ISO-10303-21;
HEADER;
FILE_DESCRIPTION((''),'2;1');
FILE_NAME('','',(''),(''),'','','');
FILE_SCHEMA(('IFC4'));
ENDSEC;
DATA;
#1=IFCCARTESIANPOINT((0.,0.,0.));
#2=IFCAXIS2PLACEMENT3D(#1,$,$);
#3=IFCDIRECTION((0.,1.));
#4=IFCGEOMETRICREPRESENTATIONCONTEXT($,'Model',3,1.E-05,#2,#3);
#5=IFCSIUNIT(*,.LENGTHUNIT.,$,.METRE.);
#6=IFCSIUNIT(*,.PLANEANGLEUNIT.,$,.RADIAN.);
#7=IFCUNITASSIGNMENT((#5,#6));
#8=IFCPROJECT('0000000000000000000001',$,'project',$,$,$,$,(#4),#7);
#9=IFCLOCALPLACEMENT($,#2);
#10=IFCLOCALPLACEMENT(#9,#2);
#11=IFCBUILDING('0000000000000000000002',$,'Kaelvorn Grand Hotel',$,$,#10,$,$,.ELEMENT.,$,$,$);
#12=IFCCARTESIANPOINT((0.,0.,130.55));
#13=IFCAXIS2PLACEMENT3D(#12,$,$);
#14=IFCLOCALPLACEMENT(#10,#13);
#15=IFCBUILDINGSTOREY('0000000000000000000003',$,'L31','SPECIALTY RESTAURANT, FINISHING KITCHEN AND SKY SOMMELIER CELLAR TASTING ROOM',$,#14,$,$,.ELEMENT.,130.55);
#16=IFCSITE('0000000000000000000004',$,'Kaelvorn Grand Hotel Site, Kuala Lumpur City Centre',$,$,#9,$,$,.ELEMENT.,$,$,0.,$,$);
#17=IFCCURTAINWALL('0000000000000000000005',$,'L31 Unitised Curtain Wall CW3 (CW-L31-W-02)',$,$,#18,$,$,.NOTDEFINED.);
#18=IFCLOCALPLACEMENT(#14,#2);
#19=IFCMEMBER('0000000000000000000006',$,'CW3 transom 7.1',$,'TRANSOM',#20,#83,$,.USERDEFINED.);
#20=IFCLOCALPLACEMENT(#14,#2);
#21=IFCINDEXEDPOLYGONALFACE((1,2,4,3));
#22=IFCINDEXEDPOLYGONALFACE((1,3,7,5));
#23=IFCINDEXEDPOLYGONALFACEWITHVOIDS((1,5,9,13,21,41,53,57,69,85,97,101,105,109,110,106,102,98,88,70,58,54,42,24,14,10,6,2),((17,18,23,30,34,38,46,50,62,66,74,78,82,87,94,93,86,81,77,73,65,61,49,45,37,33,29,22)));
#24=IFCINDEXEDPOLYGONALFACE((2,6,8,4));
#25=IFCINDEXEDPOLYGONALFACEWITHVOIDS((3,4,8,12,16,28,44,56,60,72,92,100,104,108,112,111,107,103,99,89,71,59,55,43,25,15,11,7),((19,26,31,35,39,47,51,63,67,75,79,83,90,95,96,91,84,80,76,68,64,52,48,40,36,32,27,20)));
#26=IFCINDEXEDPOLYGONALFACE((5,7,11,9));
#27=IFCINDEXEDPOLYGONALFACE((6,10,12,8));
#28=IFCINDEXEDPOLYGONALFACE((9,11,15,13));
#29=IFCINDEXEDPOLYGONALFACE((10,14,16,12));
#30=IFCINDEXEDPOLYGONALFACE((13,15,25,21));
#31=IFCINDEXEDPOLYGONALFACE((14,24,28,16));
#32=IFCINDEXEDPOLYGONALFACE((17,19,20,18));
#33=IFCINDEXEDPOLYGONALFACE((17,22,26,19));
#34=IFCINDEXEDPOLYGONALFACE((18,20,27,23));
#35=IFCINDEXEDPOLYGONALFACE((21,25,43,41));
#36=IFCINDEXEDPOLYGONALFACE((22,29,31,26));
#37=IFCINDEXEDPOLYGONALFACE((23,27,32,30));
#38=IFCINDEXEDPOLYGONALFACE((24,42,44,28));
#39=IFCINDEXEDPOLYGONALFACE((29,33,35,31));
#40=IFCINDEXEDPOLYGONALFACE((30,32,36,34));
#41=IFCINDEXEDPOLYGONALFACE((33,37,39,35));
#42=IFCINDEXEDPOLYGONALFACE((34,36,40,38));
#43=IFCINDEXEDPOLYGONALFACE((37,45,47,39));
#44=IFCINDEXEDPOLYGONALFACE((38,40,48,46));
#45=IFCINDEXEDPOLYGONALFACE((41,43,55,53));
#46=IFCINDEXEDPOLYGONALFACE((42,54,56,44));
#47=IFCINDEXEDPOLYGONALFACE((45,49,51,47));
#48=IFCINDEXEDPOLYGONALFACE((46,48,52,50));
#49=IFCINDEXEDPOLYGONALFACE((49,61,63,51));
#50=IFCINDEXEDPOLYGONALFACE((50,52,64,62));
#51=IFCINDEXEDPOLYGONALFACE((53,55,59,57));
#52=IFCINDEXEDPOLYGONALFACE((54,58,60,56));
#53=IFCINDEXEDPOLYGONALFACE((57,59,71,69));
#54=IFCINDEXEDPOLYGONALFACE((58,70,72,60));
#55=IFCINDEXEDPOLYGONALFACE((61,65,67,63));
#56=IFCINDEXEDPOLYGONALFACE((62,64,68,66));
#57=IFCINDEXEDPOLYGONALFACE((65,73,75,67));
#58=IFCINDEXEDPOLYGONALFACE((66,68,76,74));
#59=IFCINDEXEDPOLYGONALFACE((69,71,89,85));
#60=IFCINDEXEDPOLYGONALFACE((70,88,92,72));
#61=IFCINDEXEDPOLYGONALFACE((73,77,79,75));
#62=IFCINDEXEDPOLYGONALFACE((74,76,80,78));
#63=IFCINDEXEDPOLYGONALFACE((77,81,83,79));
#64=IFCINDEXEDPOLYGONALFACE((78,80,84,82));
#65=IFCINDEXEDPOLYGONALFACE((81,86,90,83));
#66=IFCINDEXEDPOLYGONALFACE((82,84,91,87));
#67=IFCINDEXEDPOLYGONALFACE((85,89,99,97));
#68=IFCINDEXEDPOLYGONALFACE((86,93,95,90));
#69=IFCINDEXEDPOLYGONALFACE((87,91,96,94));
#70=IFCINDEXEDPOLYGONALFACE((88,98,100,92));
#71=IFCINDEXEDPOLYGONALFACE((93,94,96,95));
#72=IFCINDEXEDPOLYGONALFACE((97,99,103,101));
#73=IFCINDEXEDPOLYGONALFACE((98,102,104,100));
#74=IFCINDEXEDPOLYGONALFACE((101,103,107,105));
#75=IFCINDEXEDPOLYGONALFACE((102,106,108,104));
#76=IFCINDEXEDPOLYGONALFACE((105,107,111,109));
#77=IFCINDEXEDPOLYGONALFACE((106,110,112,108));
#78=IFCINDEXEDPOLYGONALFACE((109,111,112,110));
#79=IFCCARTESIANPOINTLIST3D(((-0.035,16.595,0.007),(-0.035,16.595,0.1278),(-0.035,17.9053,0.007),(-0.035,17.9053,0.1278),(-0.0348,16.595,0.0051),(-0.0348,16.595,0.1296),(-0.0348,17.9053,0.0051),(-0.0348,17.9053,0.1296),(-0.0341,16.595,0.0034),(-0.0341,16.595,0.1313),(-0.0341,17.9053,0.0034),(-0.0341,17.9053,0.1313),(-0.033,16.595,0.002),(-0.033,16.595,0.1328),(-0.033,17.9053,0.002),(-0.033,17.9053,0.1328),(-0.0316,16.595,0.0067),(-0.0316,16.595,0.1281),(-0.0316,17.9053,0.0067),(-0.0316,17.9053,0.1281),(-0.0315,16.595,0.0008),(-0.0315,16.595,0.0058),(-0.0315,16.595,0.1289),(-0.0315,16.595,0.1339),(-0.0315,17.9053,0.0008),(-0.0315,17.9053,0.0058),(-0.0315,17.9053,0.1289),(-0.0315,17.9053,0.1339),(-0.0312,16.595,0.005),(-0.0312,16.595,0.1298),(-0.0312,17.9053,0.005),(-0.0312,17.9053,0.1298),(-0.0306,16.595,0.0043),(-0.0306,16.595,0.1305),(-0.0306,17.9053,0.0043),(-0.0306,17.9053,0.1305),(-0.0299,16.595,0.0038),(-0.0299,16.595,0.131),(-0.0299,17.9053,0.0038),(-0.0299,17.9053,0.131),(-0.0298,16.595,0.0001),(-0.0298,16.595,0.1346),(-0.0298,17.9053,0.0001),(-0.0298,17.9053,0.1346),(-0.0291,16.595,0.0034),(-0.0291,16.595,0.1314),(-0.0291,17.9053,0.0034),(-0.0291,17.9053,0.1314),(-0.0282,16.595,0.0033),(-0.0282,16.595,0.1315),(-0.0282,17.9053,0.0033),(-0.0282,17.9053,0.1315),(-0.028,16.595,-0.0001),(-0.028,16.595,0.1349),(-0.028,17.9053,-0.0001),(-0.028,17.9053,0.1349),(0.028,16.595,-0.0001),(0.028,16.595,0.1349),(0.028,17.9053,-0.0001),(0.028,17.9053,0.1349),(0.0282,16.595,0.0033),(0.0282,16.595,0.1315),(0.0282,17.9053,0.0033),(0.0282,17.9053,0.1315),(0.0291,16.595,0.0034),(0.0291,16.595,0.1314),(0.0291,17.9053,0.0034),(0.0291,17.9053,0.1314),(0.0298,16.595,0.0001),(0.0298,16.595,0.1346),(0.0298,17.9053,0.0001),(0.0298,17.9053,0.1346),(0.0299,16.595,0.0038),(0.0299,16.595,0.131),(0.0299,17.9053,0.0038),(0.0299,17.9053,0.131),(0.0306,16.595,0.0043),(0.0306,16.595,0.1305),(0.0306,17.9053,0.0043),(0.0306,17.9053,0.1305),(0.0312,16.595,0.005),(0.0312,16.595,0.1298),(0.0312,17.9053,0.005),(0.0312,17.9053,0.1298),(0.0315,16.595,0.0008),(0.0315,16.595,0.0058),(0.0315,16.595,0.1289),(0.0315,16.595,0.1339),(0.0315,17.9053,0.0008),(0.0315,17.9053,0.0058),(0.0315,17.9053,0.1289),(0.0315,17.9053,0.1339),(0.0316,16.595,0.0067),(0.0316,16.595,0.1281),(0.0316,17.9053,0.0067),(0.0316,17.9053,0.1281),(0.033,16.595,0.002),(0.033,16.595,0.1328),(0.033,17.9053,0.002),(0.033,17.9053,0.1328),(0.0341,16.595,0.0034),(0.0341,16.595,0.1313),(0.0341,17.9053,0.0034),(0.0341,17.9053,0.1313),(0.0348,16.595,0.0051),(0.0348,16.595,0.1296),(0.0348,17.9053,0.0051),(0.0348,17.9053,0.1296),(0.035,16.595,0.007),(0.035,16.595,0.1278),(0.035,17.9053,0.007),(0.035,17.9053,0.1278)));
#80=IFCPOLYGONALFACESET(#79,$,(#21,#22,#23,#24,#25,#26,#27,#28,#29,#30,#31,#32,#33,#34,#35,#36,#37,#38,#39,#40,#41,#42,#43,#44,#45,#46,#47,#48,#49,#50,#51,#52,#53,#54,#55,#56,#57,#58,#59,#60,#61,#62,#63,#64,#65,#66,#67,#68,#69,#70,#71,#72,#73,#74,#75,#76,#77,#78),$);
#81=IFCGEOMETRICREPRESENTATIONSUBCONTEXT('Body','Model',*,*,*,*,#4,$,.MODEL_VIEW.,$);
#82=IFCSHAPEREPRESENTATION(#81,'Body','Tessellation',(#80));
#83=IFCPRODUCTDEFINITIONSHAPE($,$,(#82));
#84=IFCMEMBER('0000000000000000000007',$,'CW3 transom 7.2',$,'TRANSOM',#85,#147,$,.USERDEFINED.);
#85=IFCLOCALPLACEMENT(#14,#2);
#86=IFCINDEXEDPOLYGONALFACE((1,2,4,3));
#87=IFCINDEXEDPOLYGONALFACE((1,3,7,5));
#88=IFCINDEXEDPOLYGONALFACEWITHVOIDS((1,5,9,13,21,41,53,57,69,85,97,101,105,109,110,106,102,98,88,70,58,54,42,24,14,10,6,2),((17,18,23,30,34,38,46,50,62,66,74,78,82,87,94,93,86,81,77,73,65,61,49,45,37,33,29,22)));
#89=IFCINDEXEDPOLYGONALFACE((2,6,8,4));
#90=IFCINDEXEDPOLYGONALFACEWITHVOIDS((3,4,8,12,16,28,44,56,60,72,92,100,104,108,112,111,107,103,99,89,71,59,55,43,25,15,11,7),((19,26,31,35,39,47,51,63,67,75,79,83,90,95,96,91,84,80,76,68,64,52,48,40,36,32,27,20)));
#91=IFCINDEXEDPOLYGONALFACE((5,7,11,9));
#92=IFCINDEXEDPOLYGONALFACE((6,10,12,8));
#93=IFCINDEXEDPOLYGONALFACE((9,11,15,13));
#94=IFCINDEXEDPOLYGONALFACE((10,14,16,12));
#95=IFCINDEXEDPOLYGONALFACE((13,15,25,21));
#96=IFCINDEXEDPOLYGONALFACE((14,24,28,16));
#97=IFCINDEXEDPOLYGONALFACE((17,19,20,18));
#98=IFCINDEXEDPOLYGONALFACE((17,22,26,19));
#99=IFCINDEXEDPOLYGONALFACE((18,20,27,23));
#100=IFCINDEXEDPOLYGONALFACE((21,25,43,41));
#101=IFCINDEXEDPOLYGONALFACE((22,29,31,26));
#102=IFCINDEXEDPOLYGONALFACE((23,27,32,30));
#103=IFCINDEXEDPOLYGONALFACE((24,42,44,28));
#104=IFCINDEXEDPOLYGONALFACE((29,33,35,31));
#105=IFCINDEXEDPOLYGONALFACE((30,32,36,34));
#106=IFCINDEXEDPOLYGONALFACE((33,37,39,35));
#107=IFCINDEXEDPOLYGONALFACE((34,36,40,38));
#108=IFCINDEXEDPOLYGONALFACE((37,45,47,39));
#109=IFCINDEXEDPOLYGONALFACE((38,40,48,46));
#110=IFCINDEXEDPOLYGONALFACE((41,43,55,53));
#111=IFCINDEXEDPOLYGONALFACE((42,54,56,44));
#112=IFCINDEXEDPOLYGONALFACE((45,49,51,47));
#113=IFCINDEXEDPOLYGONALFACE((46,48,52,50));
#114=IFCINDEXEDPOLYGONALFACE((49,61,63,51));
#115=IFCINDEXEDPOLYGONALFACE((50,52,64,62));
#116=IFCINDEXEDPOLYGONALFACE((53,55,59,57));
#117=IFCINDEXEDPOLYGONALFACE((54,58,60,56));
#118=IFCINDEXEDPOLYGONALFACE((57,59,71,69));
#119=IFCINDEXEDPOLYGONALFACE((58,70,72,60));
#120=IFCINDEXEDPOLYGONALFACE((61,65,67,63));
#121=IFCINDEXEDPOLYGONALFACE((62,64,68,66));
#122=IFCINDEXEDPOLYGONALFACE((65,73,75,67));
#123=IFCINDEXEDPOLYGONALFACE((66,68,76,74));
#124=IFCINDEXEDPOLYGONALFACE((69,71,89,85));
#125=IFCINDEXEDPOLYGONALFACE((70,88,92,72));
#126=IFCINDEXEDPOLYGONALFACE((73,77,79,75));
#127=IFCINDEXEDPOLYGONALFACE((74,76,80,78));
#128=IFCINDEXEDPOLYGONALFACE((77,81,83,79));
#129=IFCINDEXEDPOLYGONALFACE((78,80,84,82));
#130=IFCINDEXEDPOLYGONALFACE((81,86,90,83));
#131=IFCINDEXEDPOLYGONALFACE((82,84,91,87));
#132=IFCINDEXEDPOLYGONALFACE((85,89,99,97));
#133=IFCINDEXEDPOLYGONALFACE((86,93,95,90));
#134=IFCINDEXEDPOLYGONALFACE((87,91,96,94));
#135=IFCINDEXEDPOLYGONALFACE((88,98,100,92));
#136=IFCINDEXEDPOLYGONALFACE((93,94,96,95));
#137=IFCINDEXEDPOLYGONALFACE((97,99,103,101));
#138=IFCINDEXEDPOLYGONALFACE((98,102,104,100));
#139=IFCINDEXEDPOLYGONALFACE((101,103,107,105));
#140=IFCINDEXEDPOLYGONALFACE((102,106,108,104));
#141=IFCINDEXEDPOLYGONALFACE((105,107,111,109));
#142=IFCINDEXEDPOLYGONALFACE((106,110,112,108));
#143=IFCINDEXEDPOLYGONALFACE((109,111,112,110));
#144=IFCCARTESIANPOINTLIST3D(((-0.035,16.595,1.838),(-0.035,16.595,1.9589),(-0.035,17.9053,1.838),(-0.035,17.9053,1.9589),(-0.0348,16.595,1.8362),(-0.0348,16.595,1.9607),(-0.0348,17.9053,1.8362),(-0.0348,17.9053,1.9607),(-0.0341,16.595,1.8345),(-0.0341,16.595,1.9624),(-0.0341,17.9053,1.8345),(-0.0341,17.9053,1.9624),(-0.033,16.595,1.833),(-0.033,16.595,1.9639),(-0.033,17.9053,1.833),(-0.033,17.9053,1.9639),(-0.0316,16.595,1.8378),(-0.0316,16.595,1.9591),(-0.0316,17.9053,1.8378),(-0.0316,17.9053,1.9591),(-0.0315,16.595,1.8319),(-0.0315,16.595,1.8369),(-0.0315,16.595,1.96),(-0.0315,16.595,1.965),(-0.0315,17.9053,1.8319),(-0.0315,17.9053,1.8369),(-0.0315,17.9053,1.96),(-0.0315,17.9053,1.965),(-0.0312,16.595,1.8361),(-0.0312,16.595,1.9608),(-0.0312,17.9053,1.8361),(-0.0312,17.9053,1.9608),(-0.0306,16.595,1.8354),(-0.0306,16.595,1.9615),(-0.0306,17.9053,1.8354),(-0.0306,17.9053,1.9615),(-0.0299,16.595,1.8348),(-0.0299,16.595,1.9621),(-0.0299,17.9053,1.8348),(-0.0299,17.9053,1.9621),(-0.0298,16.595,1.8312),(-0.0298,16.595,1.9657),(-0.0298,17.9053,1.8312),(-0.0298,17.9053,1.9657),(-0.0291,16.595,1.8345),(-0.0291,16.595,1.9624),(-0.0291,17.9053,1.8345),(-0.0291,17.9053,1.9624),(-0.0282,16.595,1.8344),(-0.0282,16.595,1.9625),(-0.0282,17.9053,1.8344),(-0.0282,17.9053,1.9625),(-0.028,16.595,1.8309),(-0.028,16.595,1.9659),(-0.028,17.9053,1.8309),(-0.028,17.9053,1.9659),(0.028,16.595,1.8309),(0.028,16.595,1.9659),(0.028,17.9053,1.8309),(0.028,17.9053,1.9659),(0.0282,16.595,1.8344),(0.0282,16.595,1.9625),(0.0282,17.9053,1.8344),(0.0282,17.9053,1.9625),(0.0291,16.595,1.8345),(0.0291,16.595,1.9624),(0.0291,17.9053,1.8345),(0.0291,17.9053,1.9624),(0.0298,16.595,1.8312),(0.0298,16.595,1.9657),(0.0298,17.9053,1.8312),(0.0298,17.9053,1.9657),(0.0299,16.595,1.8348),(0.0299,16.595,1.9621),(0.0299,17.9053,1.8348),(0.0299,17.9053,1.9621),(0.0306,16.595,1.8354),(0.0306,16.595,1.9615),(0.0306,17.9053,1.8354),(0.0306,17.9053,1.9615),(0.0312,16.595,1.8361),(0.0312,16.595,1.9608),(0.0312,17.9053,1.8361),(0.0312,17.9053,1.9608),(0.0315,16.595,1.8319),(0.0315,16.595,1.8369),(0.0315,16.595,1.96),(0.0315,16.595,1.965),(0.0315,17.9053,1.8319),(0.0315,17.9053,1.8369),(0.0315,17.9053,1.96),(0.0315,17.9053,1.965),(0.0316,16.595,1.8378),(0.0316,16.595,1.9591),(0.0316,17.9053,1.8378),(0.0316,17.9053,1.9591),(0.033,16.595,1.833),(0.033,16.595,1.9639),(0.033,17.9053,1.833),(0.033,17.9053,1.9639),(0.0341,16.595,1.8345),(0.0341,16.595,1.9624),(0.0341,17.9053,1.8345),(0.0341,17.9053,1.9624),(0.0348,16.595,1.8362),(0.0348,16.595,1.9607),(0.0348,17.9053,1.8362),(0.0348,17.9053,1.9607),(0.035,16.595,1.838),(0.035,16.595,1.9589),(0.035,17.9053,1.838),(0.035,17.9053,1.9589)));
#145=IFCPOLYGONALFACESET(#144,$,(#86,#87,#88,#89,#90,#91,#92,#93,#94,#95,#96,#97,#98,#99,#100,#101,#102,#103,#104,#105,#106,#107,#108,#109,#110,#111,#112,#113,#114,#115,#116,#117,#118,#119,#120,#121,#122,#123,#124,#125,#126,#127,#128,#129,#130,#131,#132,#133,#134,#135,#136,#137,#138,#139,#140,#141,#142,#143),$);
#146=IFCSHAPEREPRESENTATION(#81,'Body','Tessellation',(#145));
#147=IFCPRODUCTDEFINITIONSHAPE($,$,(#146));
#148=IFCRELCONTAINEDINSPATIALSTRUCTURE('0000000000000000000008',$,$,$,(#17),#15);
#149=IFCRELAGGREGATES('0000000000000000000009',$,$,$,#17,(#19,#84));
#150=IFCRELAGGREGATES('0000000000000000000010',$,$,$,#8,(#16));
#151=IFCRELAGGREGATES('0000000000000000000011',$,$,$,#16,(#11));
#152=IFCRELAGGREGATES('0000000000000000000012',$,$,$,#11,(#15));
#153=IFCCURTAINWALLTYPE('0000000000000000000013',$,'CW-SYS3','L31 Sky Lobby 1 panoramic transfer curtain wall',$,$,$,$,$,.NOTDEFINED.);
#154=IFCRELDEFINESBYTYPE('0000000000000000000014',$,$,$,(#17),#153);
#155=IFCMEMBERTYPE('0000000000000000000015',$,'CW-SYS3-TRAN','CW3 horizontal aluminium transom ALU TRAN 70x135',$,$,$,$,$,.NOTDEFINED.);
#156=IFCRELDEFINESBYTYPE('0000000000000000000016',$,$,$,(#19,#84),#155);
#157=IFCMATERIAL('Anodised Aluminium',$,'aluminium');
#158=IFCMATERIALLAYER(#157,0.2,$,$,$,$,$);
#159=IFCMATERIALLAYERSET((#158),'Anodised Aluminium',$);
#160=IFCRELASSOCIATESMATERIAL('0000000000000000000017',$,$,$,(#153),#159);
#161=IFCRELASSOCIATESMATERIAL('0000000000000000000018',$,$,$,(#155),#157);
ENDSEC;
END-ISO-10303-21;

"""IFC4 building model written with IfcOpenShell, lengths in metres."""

from ifc_helpers import new_model, si_unit, direction, frame, origin, origin_2d, place, context, subcontext, project, spatial, hollow_rectangle, extrude, material, layer, layer_set, material_profile, profile_set, type_object, element, aggregate, save


model = new_model("IFC4")

# Units and contexts
model_context = context("Model", 3, precision=1e-05, world=origin(), true_north=direction((0.0, 1.0)))
body_context = subcontext(model_context, "Body", "Model", "MODEL_VIEW")
ifc_project = project(units=[si_unit("LENGTHUNIT", "METRE"), si_unit("PLANEANGLEUNIT", "RADIAN")], contexts=[model_context])

# Site, building, storey
site_placement = place(None, origin())
site = spatial("IfcSite", under=ifc_project, at=site_placement, Name="Kaelvorn Grand Hotel Site, Kuala Lumpur City Centre", CompositionType="ELEMENT", RefElevation=0.0)
building_placement = place(site_placement, origin())
building = spatial("IfcBuilding", under=site, at=building_placement, Name="Kaelvorn Grand Hotel", CompositionType="ELEMENT")
storey_placement = place(building_placement, frame((0.0, 0.0, 130.55)))
storey = spatial("IfcBuildingStorey", under=building, at=storey_placement, Name="L31", Description="SPECIALTY RESTAURANT, FINISHING KITCHEN AND SKY SOMMELIER CELLAR TASTING ROOM", CompositionType="ELEMENT", Elevation=130.55)

# Curtain wall, members
ifc_material_1 = material(Name="Anodised Aluminium", Category="aluminium")
ifc_layer_1 = layer(ifc_material_1, 0.2)
ifc_layer_set_1 = layer_set([ifc_layer_1], Name="Anodised Aluminium")
curtain_wall_type = type_object("IfcCurtainWallType", Name="CW-SYS3", Description="L31 Sky Lobby 1 panoramic transfer curtain wall", PredefinedType="NOTDEFINED", material=ifc_layer_set_1)
curtain_wall_placement = place(storey_placement, origin())
curtain_wall = element("IfcCurtainWall", 1, at=curtain_wall_placement, inside=storey, type_object=curtain_wall_type, Name="L31 Unitised Curtain Wall CW3 (CW-L31-W-02)", PredefinedType="NOTDEFINED")
ifc_material_profile_1 = material_profile(ifc_material_1, hollow_rectangle(XDim=0.0701, YDim=0.135, WallThickness=0.0034, InnerFilletRadius=0.0034, OuterFilletRadius=0.0071, at=origin_2d()), Name="ALU TRAN 70x135")
ifc_profile_set_1 = profile_set([ifc_material_profile_1], Name="Anodised Aluminium")
member_type_1 = type_object("IfcMemberType", Name="CW-SYS3-TRAN", Description="CW3 horizontal aluminium transom ALU TRAN 70x135", PredefinedType="NOTDEFINED", material=ifc_profile_set_1)
member_1_placement = place(storey_placement, frame((0.0, 17.9053, 0.0674), z_axis=(0.0, -1.0, 0.0), x_axis=(1.0, 0.0, 0.0)))
member_1 = element("IfcMember", 2, at=member_1_placement, type_object=member_type_1, Name="CW3 transom 7.1", ObjectType="TRANSOM", PredefinedType="USERDEFINED", context=body_context, shape_type="SweptSolid", body=[
    extrude(hollow_rectangle(XDim=0.0701, YDim=0.135, WallThickness=0.0034, InnerFilletRadius=0.0034, OuterFilletRadius=0.0071, at=origin_2d()), origin(), (0.0, 0.0, 1.0), 1.3103),
])
member_2_placement = place(storey_placement, frame((0.0, 17.9053, 1.8984), z_axis=(0.0, -1.0, 0.0), x_axis=(1.0, 0.0, 0.0)))
member_2 = element("IfcMember", 3, at=member_2_placement, type_object=member_type_1, Name="CW3 transom 7.2", ObjectType="TRANSOM", PredefinedType="USERDEFINED", context=body_context, shape_type="SweptSolid", body=[
    extrude(hollow_rectangle(XDim=0.0701, YDim=0.135, WallThickness=0.0034, InnerFilletRadius=0.0034, OuterFilletRadius=0.0071, at=origin_2d()), origin(), (0.0, 0.0, 1.0), 1.3103),
])
aggregate(curtain_wall, [member_1, member_2])

save(model, "model.ifc")
